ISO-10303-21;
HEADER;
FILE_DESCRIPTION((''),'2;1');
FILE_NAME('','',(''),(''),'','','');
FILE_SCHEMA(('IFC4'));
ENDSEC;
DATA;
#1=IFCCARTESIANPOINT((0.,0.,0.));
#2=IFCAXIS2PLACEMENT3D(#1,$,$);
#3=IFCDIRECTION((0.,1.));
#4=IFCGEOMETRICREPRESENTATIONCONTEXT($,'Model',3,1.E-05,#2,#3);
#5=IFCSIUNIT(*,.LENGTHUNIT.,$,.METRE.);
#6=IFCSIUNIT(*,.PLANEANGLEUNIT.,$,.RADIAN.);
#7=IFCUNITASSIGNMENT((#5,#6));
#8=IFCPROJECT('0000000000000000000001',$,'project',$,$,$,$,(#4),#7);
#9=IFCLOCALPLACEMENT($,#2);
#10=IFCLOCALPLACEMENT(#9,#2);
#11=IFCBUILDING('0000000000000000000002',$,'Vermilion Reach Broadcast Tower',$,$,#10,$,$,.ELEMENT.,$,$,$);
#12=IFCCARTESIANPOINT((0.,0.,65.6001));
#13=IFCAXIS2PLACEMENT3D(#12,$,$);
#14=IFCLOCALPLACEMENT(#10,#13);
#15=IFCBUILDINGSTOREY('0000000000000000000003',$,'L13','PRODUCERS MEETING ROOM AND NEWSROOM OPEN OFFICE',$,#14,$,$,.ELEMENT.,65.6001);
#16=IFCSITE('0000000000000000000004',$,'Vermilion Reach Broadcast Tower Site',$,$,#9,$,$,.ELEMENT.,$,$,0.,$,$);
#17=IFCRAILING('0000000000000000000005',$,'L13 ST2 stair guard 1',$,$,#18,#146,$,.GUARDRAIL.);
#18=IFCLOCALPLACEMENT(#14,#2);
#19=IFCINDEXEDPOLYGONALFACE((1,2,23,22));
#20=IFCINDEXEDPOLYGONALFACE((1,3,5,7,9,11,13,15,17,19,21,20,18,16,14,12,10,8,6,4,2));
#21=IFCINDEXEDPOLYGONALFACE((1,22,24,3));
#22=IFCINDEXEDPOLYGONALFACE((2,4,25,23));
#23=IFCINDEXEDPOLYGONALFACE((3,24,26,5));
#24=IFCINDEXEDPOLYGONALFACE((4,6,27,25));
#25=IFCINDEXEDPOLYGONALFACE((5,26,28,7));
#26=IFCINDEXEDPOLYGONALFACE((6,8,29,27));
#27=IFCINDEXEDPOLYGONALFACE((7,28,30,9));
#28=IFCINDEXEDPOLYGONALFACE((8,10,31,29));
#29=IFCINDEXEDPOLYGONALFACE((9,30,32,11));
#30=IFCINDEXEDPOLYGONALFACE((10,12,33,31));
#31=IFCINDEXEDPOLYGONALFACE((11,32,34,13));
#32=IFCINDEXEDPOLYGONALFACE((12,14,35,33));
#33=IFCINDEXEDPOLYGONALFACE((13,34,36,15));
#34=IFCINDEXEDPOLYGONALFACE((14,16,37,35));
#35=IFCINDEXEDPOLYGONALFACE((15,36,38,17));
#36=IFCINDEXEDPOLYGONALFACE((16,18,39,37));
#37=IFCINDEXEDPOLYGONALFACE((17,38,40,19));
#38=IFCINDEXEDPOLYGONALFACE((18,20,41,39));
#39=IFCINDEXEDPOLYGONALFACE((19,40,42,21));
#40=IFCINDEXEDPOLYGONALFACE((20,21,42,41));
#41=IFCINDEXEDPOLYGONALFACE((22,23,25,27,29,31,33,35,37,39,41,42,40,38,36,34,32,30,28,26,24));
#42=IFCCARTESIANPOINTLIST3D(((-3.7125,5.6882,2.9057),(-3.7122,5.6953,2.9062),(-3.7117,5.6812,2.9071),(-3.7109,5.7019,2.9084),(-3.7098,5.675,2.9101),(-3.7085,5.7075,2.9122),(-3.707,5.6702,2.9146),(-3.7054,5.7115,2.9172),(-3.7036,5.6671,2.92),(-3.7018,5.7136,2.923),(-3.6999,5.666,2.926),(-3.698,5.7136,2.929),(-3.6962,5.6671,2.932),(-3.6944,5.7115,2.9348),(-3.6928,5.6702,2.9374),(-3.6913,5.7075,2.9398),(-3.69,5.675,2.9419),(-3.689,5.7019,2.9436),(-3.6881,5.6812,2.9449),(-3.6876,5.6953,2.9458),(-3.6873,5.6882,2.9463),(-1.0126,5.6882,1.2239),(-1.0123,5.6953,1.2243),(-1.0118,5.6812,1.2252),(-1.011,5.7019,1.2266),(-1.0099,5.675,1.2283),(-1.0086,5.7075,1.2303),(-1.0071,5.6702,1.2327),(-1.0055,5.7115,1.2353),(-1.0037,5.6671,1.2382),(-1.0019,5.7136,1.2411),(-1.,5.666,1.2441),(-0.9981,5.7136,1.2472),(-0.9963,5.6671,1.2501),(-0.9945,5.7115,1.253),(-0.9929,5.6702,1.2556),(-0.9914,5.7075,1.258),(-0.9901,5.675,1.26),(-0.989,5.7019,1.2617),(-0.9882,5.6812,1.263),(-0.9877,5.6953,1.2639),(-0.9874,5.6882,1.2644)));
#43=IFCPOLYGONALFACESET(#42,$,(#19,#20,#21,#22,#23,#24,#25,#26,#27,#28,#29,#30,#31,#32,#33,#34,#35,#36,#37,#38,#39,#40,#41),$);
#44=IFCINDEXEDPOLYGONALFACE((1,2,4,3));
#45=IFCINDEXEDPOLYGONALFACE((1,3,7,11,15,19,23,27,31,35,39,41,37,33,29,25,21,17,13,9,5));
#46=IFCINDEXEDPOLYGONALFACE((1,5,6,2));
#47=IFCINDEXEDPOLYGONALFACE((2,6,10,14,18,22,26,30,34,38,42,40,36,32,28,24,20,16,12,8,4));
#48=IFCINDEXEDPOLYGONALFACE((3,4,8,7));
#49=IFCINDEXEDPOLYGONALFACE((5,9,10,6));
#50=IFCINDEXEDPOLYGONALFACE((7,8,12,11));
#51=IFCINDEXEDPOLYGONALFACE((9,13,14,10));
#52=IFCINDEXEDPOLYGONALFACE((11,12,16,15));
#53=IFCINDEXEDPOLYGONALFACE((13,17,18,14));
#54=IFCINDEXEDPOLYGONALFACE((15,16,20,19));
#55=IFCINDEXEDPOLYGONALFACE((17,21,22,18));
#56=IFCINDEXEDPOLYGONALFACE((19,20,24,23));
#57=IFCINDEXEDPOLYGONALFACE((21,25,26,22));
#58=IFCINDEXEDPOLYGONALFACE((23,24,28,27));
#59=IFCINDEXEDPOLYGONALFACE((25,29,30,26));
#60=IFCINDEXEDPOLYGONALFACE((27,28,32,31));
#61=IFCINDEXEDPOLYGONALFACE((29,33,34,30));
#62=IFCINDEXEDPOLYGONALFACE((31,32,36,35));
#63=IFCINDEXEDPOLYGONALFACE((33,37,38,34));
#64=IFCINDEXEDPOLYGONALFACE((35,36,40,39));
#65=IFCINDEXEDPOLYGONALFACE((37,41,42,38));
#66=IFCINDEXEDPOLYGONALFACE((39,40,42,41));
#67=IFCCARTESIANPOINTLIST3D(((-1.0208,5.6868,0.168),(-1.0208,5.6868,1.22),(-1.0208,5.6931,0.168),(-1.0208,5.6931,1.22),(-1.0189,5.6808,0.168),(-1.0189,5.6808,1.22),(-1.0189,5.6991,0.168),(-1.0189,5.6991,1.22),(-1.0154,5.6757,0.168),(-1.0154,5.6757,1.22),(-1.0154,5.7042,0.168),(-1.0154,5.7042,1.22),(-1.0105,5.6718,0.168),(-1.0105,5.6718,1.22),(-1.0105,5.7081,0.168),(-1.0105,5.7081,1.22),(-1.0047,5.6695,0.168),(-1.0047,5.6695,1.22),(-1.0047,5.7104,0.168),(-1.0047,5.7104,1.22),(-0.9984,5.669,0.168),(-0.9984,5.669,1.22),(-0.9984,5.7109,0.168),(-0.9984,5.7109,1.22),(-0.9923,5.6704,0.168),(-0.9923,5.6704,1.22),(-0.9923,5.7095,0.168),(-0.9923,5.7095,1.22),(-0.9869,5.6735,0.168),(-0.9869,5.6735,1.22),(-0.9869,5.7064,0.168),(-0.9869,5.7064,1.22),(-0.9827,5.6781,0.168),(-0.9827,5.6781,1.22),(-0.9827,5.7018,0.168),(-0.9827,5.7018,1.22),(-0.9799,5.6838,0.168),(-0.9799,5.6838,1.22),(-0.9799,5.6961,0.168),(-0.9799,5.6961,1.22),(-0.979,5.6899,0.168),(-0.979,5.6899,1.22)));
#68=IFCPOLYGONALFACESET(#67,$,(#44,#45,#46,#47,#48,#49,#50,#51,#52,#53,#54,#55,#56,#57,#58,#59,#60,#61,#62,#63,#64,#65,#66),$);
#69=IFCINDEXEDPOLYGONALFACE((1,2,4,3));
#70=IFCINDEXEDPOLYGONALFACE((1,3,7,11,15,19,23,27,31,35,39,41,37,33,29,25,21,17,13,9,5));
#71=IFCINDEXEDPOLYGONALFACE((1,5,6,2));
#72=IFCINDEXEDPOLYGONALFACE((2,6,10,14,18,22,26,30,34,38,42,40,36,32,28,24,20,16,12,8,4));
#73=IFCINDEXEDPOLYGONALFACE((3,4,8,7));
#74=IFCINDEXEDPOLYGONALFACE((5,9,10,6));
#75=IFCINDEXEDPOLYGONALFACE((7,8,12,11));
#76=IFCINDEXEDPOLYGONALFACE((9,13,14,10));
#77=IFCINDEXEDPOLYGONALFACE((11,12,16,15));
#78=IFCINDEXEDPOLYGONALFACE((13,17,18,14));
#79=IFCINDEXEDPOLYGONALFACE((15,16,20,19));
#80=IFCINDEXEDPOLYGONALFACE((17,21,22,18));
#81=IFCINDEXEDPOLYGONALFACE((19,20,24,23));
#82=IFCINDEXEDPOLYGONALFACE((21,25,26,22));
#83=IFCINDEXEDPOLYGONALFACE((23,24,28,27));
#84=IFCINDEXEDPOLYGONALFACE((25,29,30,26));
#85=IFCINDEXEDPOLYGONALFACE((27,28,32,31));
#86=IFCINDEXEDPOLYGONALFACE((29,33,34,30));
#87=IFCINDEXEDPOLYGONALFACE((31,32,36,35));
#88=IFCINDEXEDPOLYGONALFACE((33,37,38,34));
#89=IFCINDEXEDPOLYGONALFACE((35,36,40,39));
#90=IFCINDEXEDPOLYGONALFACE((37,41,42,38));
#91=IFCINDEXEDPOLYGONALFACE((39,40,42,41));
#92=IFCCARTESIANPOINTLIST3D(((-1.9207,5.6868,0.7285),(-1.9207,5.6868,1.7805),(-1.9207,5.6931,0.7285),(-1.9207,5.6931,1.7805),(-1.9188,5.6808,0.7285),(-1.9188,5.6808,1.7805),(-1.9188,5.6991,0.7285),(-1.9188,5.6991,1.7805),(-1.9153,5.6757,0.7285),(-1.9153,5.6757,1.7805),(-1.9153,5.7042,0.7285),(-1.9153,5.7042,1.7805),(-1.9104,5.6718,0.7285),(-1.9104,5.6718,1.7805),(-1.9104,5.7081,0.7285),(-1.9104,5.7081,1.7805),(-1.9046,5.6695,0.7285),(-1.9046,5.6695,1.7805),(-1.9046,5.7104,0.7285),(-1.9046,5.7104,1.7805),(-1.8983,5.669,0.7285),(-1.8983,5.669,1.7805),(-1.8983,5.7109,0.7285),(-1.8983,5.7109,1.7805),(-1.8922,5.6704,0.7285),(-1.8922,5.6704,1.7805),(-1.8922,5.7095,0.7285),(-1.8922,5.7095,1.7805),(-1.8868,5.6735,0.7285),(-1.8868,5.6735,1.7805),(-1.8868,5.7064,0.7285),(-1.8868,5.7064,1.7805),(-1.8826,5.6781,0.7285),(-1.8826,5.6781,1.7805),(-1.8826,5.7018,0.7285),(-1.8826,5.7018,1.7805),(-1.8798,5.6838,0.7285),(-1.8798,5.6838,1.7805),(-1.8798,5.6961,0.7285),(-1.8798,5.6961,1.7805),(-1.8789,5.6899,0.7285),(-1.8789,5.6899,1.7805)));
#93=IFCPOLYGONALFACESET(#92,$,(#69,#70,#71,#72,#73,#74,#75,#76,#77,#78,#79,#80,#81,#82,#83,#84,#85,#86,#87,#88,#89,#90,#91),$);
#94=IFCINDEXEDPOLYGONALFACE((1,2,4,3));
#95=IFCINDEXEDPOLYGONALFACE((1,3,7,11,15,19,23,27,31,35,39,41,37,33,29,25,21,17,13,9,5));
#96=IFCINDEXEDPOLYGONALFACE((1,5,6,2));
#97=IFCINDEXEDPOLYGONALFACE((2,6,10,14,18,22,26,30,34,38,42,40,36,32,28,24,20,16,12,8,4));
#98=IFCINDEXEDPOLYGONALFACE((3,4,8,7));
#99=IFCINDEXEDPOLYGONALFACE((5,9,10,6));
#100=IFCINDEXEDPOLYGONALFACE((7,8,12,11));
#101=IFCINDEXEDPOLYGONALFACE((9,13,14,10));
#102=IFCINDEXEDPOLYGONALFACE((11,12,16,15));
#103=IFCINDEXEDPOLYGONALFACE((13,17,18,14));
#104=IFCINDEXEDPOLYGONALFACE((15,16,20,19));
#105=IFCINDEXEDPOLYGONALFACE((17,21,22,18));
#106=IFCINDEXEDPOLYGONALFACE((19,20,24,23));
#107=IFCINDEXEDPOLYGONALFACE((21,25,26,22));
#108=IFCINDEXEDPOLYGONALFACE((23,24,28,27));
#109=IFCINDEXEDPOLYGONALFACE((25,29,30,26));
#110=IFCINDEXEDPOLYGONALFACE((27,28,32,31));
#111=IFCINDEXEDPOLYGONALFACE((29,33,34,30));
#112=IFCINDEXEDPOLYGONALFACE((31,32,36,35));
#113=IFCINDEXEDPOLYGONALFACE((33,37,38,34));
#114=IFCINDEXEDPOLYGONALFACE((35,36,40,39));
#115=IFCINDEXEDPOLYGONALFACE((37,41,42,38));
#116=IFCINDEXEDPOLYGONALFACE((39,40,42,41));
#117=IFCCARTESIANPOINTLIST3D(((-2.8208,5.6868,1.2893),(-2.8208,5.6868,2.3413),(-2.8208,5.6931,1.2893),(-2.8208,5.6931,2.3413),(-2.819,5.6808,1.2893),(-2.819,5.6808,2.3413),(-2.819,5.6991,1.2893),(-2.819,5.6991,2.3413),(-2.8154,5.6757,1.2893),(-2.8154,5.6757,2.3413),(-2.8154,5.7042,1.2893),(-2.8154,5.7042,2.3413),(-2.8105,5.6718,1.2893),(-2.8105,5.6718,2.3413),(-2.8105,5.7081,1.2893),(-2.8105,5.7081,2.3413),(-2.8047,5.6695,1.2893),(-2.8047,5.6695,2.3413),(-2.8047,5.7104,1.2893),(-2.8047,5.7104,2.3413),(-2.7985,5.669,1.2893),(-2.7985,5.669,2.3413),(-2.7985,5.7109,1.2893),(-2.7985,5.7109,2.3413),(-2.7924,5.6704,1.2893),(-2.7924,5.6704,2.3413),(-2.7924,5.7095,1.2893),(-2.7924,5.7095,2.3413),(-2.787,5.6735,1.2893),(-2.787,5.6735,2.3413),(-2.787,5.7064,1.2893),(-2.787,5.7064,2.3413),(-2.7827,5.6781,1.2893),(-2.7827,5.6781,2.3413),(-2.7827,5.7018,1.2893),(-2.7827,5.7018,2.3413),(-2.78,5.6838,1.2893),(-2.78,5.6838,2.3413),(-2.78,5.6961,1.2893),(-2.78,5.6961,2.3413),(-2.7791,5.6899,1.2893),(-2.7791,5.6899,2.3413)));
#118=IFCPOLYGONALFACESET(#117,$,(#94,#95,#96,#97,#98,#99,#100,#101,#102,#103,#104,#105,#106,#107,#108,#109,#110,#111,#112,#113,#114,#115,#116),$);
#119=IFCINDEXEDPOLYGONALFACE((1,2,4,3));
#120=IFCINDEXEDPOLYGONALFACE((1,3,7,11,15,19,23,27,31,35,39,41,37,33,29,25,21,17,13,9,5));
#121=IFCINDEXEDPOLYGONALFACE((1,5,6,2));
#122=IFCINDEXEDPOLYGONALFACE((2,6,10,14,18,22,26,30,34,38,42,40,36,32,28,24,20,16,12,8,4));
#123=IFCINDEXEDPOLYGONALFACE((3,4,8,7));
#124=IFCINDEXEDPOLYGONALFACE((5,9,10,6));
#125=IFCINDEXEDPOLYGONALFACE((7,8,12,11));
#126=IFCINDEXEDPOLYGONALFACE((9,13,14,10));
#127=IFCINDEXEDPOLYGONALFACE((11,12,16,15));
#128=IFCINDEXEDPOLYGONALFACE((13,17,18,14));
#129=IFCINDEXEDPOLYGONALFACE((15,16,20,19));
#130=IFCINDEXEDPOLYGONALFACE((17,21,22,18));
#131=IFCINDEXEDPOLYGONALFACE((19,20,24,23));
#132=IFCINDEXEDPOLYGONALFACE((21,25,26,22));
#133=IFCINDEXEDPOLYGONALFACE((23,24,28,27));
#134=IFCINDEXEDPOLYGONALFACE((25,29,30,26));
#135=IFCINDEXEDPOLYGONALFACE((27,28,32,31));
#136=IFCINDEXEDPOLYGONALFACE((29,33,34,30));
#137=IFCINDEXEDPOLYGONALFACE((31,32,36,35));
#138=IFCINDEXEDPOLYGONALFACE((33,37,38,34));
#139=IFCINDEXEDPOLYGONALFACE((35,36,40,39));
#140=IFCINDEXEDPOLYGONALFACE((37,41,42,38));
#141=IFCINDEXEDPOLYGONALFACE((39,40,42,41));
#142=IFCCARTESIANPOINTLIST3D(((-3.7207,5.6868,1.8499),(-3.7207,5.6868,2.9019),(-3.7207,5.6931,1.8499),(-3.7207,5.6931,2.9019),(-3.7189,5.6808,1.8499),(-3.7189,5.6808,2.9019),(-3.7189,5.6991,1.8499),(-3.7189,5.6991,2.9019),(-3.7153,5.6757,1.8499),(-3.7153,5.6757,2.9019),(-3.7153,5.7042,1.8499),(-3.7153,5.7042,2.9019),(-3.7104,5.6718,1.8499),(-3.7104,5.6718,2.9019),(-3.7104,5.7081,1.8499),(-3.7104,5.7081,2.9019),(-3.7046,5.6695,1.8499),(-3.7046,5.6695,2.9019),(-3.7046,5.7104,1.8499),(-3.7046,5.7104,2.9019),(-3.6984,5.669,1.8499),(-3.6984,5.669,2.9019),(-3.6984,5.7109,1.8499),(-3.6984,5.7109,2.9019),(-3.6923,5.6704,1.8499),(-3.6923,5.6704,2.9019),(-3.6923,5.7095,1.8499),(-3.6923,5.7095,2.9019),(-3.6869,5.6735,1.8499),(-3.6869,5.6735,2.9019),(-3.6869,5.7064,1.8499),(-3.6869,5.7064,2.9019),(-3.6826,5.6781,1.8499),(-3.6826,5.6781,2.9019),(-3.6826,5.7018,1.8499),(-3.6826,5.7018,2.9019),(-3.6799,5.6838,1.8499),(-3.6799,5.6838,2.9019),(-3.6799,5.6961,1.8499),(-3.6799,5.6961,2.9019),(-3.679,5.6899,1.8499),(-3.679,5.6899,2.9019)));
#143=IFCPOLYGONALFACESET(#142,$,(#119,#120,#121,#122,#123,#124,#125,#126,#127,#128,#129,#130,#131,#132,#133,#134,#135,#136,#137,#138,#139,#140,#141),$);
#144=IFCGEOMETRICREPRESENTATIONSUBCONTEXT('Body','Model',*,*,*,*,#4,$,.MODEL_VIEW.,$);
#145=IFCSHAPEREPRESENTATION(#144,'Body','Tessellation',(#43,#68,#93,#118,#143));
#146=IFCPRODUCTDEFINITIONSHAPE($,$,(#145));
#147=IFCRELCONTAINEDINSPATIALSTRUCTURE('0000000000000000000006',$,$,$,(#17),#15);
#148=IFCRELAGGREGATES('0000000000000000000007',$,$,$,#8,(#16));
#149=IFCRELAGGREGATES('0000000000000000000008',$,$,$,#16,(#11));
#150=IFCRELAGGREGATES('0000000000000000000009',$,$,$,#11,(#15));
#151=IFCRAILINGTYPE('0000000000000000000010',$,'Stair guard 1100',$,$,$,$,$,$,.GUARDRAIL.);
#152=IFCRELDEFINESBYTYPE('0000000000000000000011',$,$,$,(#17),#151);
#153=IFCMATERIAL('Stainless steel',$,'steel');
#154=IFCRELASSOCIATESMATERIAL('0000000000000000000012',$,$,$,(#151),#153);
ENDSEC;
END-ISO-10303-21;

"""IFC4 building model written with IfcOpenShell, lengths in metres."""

from ifc_helpers import new_model, si_unit, direction, frame, origin, origin_2d, place, context, subcontext, project, spatial, circle, extrude, material, type_object, element, save


model = new_model("IFC4")

# Units and contexts
model_context = context("Model", 3, precision=1e-05, world=origin(), true_north=direction((0.0, 1.0)))
body_context = subcontext(model_context, "Body", "Model", "MODEL_VIEW")
ifc_project = project(units=[si_unit("LENGTHUNIT", "METRE"), si_unit("PLANEANGLEUNIT", "RADIAN")], contexts=[model_context])

# Site, building, storey
site_placement = place(None, origin())
site = spatial("IfcSite", under=ifc_project, at=site_placement, Name="Vermilion Reach Broadcast Tower Site", CompositionType="ELEMENT", RefElevation=0.0)
building_placement = place(site_placement, origin())
building = spatial("IfcBuilding", under=site, at=building_placement, Name="Vermilion Reach Broadcast Tower", CompositionType="ELEMENT")
storey_placement = place(building_placement, frame((0.0, 0.0, 65.6001)))
storey = spatial("IfcBuildingStorey", under=building, at=storey_placement, Name="L13", Description="PRODUCERS MEETING ROOM AND NEWSROOM OPEN OFFICE", CompositionType="ELEMENT", Elevation=65.6001)

# Railing
ifc_material_1 = material(Name="Stainless steel", Category="steel")
railing_type_1 = type_object("IfcRailingType", Name="Stair guard 1100", PredefinedType="GUARDRAIL", material=ifc_material_1)
railing_1_placement = place(storey_placement, frame((-1.0, 5.6899, 0.168)))
element("IfcRailing", 1, at=railing_1_placement, inside=storey, type_object=railing_type_1, Name="L13 ST2 stair guard 1", PredefinedType="GUARDRAIL", context=body_context, shape_type="SweptSolid", body=[
    extrude(circle(Radius=0.0239, at=origin_2d()), frame((0.0, 0.0, 1.0762), z_axis=(-0.848786, 0.0, 0.528736), x_axis=(0.0, -1.0, 0.0)), (0.0, 0.0, 1.0), 3.1809),
    extrude(circle(Radius=0.021, at=origin_2d()), origin(), (0.0, 0.0, 1.0), 1.052),
    extrude(circle(Radius=0.021, at=origin_2d()), frame((-0.8999, 0.0, 0.5605)), (0.0, 0.0, 1.0), 1.052),
    extrude(circle(Radius=0.021, at=origin_2d()), frame((-1.8, 0.0, 1.1213)), (0.0, 0.0, 1.0), 1.052),
    extrude(circle(Radius=0.021, at=origin_2d()), frame((-2.7, 0.0, 1.6819)), (0.0, 0.0, 1.0), 1.052),
])

save(model, "model.ifc")
